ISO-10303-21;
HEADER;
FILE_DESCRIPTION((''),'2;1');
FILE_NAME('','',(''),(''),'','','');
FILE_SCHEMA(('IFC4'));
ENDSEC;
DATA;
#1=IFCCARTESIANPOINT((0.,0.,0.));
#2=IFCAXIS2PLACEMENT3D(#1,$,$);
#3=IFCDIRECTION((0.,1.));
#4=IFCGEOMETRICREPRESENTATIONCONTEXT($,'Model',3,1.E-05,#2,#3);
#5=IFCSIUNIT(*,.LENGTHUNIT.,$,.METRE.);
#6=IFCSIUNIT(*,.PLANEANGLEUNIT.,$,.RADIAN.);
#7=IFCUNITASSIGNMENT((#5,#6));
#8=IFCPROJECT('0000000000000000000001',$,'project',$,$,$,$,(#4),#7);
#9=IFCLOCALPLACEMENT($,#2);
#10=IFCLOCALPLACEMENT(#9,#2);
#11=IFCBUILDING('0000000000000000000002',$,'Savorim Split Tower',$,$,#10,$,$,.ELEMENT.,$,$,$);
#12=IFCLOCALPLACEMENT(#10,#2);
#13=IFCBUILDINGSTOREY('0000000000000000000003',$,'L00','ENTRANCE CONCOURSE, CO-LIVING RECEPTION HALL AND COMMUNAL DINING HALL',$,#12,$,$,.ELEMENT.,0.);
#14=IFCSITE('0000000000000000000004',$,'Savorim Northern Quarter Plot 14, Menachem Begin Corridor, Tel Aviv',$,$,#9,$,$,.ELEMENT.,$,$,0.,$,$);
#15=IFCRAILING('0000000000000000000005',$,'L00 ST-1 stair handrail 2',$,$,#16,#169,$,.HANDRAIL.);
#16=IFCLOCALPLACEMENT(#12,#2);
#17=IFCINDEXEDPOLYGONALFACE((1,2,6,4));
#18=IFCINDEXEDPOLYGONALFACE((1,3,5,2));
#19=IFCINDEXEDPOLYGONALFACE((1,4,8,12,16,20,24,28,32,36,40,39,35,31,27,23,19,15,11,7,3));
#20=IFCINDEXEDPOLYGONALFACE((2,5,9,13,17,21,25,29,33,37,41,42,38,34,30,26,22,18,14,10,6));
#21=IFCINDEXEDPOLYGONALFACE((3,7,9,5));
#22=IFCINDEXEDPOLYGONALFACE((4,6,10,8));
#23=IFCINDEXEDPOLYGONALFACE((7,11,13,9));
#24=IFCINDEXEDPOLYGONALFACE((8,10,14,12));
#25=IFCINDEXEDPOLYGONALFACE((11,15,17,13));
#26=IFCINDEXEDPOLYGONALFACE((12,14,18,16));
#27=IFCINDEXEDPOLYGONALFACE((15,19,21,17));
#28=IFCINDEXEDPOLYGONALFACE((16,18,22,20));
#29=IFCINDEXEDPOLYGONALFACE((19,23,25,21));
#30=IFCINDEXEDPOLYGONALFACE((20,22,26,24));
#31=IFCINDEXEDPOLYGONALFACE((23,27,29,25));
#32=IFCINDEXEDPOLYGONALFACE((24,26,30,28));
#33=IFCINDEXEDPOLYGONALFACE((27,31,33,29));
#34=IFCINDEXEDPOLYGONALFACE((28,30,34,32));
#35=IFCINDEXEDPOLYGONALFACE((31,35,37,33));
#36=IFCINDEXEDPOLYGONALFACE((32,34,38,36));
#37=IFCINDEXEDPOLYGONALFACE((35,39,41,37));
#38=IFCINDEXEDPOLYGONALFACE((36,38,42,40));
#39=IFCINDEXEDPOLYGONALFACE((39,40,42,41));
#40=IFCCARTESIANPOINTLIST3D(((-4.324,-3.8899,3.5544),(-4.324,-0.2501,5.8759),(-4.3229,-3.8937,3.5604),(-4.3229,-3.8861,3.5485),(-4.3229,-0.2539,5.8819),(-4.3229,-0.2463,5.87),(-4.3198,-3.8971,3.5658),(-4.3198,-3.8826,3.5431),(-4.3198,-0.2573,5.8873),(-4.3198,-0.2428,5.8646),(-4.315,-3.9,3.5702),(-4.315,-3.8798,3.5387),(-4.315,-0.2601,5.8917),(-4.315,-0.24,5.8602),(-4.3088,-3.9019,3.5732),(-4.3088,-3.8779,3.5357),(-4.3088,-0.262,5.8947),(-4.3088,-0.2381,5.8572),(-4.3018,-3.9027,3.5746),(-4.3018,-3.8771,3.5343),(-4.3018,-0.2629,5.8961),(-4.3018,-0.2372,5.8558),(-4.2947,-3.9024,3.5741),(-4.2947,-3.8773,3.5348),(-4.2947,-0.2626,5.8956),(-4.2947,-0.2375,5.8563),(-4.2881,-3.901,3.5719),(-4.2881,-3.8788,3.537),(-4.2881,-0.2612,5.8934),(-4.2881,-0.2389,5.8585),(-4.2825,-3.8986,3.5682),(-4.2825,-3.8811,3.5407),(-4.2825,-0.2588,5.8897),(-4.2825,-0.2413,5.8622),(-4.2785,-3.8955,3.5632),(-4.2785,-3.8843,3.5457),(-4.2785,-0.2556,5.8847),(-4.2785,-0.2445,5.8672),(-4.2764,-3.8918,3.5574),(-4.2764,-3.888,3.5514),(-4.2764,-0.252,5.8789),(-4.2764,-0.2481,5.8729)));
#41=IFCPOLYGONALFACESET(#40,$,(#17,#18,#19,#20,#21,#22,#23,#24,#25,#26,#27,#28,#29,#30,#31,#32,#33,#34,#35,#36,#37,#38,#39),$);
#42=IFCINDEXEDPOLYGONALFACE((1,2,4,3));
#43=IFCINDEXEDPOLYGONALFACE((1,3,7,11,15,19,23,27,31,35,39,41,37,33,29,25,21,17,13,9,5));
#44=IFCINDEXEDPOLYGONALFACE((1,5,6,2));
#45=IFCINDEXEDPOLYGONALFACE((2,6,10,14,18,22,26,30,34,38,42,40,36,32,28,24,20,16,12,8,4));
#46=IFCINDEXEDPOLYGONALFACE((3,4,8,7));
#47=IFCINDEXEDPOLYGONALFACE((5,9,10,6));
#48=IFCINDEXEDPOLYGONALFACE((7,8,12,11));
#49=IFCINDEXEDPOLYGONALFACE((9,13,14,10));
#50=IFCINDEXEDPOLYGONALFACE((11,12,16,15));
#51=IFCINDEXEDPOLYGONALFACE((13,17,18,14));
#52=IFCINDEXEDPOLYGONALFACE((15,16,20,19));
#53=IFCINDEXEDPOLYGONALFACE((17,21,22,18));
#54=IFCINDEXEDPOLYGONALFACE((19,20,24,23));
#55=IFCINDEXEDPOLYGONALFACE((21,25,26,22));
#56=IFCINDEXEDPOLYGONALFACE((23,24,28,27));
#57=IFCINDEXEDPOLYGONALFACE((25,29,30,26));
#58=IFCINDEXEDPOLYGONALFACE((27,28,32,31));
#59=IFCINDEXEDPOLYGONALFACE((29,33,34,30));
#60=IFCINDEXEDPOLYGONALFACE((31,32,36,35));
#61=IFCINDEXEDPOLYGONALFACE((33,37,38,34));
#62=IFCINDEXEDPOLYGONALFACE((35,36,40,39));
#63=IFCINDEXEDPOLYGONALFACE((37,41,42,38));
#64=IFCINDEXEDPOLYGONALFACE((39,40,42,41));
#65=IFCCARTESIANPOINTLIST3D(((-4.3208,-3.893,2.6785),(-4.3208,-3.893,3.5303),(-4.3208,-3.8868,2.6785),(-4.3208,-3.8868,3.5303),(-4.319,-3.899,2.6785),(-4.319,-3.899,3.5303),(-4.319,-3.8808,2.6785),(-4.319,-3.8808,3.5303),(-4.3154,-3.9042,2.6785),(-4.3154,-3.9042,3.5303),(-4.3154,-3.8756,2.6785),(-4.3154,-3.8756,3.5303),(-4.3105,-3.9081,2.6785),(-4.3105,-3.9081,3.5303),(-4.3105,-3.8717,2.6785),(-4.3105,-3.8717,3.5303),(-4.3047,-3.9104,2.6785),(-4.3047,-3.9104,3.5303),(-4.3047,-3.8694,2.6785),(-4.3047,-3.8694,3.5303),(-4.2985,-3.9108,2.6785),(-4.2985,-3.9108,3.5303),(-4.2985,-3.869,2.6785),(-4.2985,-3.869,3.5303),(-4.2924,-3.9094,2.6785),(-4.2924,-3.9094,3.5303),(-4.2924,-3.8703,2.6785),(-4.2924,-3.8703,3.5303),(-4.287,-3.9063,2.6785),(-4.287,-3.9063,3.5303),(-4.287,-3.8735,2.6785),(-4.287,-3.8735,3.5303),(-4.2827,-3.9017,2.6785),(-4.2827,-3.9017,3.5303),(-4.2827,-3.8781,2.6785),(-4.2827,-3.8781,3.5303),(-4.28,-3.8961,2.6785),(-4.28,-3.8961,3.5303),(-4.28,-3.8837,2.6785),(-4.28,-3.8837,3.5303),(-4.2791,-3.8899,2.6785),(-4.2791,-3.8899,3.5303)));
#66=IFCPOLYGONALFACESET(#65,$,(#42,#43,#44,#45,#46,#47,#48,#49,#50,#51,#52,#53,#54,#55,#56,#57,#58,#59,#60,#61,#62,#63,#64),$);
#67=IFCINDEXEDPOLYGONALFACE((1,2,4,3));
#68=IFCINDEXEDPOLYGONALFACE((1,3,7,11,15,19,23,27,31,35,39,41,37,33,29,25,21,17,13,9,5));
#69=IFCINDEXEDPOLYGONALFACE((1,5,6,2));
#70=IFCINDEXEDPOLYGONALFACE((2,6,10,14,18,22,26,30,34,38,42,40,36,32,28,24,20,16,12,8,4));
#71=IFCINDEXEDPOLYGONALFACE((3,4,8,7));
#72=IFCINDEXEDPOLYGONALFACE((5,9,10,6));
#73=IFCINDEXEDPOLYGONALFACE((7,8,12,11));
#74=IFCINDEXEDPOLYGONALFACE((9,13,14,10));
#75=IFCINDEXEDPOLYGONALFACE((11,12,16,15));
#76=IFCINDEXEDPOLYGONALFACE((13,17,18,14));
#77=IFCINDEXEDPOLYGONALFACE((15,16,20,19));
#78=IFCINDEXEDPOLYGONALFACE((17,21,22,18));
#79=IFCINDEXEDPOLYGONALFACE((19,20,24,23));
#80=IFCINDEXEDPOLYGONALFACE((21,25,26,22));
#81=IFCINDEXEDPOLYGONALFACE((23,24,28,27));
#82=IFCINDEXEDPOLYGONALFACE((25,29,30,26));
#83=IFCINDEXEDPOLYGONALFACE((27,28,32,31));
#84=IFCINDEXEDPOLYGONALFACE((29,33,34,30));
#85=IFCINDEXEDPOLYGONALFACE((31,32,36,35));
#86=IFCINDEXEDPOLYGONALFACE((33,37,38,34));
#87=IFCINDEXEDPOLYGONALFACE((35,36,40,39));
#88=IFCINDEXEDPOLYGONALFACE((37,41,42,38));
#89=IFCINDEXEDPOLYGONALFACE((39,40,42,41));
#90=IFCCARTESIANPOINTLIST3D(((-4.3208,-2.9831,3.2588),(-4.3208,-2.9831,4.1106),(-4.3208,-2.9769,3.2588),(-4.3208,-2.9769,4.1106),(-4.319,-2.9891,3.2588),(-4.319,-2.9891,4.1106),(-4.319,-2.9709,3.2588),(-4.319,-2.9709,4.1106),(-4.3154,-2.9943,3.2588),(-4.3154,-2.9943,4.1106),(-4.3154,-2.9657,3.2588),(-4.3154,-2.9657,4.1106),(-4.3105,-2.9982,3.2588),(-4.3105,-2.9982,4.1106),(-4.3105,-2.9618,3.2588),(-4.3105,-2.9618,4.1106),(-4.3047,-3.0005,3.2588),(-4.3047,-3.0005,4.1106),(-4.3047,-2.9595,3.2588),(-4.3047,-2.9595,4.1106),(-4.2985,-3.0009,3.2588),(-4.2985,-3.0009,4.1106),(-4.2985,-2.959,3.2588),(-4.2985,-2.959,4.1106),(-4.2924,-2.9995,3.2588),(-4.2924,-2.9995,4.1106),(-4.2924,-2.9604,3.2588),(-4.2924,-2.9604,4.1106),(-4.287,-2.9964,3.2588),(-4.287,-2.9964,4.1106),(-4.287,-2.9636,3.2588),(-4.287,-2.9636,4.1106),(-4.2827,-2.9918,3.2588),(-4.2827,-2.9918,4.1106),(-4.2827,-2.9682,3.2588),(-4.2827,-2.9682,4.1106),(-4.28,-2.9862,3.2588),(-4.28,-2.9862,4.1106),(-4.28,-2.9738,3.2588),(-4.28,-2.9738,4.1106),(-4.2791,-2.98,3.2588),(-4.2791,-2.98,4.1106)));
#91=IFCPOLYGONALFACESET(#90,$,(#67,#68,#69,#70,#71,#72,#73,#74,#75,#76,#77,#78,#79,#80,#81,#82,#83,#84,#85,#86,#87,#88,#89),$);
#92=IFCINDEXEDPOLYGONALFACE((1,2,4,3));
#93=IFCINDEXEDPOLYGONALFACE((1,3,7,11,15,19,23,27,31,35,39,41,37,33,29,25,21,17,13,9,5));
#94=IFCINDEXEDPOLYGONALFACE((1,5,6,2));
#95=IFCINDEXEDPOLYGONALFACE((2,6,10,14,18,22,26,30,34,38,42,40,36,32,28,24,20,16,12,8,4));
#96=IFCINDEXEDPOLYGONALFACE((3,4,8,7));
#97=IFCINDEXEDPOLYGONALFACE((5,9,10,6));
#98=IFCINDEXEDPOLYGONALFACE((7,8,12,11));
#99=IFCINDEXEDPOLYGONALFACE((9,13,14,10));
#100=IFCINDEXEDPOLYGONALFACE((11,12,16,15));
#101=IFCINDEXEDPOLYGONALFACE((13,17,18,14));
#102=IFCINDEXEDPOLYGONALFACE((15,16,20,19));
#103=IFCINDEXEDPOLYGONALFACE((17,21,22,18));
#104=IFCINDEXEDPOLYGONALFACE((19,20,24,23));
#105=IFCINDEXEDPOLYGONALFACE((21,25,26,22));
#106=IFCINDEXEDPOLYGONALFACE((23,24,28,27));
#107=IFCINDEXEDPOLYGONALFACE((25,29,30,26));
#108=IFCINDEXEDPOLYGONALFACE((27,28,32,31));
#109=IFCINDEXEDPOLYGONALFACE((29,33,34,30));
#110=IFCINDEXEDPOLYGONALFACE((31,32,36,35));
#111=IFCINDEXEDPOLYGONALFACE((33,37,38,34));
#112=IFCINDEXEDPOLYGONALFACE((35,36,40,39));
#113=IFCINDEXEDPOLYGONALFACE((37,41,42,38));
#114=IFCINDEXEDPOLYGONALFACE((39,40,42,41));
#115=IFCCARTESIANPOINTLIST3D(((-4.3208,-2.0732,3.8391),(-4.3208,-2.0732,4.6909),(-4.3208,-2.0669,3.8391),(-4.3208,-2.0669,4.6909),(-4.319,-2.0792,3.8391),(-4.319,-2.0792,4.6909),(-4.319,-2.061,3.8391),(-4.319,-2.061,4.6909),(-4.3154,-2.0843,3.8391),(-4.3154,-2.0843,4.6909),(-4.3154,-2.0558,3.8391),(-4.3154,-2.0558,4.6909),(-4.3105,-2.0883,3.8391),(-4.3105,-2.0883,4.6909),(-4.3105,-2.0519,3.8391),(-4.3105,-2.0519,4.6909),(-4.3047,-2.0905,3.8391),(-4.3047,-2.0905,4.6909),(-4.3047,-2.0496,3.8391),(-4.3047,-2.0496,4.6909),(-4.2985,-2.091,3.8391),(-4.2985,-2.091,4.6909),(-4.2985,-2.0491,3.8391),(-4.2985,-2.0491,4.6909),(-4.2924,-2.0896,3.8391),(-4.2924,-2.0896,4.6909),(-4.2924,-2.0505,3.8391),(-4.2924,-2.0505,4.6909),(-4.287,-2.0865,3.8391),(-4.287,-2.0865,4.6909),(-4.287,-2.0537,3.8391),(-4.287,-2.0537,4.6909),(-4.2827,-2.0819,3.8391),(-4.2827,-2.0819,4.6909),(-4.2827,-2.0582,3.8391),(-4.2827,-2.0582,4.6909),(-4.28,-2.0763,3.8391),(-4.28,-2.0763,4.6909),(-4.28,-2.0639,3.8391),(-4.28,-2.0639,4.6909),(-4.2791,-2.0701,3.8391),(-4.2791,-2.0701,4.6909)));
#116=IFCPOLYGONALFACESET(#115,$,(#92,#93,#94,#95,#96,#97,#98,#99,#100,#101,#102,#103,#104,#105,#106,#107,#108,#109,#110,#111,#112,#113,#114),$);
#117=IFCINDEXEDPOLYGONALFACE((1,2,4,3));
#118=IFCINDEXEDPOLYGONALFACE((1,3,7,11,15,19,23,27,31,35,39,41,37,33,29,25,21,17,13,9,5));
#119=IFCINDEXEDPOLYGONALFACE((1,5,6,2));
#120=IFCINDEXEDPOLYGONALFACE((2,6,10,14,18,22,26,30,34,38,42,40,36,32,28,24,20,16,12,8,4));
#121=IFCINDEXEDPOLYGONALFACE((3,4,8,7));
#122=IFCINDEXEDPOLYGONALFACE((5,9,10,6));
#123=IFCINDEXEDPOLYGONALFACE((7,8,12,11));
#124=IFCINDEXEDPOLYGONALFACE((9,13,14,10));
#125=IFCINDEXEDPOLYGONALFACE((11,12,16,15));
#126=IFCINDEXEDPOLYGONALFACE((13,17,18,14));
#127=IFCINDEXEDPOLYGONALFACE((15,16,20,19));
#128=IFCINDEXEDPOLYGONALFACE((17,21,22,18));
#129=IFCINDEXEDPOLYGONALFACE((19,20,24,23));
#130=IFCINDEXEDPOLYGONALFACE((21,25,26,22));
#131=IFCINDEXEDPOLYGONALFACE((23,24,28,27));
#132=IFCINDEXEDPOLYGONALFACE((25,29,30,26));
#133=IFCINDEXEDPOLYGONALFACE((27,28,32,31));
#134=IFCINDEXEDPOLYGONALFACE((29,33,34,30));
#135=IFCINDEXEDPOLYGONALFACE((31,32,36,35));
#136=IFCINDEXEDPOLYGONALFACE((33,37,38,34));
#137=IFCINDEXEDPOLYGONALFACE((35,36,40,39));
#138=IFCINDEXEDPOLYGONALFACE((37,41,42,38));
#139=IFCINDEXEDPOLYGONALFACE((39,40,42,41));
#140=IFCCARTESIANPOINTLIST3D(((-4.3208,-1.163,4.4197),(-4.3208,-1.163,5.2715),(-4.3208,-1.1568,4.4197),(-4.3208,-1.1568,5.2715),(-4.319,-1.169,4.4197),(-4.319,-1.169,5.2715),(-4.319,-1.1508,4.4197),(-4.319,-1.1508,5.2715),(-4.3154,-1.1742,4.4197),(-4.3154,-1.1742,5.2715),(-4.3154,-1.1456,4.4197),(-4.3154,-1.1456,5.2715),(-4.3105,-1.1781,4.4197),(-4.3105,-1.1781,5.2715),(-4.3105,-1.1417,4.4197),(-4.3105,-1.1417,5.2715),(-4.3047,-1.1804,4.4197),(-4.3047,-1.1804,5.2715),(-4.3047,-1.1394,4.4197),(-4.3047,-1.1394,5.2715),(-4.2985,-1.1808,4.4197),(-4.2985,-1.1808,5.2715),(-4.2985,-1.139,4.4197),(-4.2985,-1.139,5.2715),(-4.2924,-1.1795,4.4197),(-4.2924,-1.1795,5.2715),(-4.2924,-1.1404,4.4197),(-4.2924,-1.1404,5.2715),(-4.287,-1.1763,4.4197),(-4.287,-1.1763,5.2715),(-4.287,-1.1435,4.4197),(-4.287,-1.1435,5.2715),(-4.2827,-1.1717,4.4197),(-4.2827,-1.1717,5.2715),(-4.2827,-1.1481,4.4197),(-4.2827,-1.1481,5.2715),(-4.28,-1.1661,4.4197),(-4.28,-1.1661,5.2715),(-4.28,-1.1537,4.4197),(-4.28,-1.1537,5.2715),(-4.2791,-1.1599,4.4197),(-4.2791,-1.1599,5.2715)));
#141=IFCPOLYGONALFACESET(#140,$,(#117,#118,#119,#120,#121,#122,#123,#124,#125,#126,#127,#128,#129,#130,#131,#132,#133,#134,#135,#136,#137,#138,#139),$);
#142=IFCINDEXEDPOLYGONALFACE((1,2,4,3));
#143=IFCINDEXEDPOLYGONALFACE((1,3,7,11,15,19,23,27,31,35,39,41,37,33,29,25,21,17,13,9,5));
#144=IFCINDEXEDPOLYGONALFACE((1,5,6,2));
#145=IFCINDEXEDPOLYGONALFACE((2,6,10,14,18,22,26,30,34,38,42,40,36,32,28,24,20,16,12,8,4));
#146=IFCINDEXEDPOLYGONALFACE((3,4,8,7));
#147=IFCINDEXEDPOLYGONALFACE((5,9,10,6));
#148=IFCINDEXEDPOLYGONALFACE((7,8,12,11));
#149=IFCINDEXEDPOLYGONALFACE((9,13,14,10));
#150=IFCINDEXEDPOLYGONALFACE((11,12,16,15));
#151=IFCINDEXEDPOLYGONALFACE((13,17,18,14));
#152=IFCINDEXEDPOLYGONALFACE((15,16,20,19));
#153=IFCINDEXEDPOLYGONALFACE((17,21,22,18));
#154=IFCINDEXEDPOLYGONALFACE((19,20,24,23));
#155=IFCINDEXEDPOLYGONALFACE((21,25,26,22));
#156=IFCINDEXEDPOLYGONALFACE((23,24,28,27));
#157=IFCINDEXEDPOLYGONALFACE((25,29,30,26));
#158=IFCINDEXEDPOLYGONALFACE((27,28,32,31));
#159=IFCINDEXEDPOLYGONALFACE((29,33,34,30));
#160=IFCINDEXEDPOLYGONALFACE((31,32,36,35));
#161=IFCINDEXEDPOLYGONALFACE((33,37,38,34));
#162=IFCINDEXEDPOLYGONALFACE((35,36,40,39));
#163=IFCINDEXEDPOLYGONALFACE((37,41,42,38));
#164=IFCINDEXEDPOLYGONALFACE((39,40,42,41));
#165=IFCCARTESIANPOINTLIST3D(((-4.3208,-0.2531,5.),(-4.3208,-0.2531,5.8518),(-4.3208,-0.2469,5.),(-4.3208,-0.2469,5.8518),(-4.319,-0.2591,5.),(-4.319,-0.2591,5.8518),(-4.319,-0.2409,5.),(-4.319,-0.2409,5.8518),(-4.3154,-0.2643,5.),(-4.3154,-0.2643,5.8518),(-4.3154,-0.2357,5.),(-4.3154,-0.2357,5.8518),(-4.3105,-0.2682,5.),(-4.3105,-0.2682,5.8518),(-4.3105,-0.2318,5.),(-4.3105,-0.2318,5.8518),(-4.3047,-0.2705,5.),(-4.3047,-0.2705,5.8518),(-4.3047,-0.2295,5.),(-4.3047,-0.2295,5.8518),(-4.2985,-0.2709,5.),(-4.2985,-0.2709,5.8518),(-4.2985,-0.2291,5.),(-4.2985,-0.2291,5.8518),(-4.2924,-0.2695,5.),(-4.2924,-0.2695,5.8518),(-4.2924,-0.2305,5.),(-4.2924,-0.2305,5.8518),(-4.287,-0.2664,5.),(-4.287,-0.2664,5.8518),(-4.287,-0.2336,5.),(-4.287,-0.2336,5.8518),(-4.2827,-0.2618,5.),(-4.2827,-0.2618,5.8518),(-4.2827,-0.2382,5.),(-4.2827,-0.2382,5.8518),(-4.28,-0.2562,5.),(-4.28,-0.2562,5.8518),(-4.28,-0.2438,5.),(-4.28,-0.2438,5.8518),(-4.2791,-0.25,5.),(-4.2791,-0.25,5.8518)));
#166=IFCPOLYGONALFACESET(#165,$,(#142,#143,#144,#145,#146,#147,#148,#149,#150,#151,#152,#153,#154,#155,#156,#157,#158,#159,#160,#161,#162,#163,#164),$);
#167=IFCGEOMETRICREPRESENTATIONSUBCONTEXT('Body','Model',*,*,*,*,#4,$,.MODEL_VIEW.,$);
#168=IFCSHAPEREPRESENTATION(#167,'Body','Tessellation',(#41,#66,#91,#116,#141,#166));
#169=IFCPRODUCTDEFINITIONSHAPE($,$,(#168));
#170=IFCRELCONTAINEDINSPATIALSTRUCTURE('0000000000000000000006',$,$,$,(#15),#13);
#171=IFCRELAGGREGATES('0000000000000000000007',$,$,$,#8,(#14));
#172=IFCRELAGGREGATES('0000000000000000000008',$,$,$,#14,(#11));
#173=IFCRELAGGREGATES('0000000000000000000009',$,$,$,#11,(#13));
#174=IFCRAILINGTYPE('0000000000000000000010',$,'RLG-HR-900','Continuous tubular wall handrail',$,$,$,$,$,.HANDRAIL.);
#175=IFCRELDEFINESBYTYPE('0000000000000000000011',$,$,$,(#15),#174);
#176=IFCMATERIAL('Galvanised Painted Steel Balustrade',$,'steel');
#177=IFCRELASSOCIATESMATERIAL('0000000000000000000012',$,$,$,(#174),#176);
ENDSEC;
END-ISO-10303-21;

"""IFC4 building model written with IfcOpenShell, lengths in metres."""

from ifc_helpers import new_model, si_unit, direction, frame, origin, origin_2d, place, context, subcontext, project, spatial, circle, extrude, material, type_object, element, save


model = new_model("IFC4")

# Units and contexts
model_context = context("Model", 3, precision=1e-05, world=origin(), true_north=direction((0.0, 1.0)))
body_context = subcontext(model_context, "Body", "Model", "MODEL_VIEW")
ifc_project = project(units=[si_unit("LENGTHUNIT", "METRE"), si_unit("PLANEANGLEUNIT", "RADIAN")], contexts=[model_context])

# Site, building, storey
site_placement = place(None, origin())
site = spatial("IfcSite", under=ifc_project, at=site_placement, Name="Savorim Northern Quarter Plot 14, Menachem Begin Corridor, Tel Aviv", CompositionType="ELEMENT", RefElevation=0.0)
building_placement = place(site_placement, origin())
building = spatial("IfcBuilding", under=site, at=building_placement, Name="Savorim Split Tower", CompositionType="ELEMENT")
storey_placement = place(building_placement, origin())
storey = spatial("IfcBuildingStorey", under=building, at=storey_placement, Name="L00", Description="ENTRANCE CONCOURSE, CO-LIVING RECEPTION HALL AND COMMUNAL DINING HALL", CompositionType="ELEMENT", Elevation=0.0)

# Railing
ifc_material_1 = material(Name="Galvanised Painted Steel Balustrade", Category="steel")
railing_type_1 = type_object("IfcRailingType", Name="RLG-HR-900", Description="Continuous tubular wall handrail", PredefinedType="HANDRAIL", material=ifc_material_1)
railing_1_placement = place(storey_placement, frame((-4.3, -3.8899, 2.6785)))
element("IfcRailing", 1, at=railing_1_placement, inside=storey, type_object=railing_type_1, Name="L00 ST-1 stair handrail 2", PredefinedType="HANDRAIL", context=body_context, shape_type="SweptSolid", body=[
    extrude(circle(Radius=0.0239, at=origin_2d()), frame((0.0, 0.0, 0.876), z_axis=(0.0, 0.843112, 0.537739), x_axis=(-1.0, 0.0, 0.0)), (0.0, 0.0, 1.0), 4.3171),
    extrude(circle(Radius=0.021, at=origin_2d()), origin(), (0.0, 0.0, 1.0), 0.8518),
    extrude(circle(Radius=0.021, at=origin_2d()), frame((0.0, 0.9099, 0.5803)), (0.0, 0.0, 1.0), 0.8518),
    extrude(circle(Radius=0.021, at=origin_2d()), frame((0.0, 1.8198, 1.1606)), (0.0, 0.0, 1.0), 0.8518),
    extrude(circle(Radius=0.021, at=origin_2d()), frame((0.0, 2.73, 1.7412)), (0.0, 0.0, 1.0), 0.8518),
    extrude(circle(Radius=0.021, at=origin_2d()), frame((0.0, 3.6399, 2.3215)), (0.0, 0.0, 1.0), 0.8518),
])

save(model, "model.ifc")
